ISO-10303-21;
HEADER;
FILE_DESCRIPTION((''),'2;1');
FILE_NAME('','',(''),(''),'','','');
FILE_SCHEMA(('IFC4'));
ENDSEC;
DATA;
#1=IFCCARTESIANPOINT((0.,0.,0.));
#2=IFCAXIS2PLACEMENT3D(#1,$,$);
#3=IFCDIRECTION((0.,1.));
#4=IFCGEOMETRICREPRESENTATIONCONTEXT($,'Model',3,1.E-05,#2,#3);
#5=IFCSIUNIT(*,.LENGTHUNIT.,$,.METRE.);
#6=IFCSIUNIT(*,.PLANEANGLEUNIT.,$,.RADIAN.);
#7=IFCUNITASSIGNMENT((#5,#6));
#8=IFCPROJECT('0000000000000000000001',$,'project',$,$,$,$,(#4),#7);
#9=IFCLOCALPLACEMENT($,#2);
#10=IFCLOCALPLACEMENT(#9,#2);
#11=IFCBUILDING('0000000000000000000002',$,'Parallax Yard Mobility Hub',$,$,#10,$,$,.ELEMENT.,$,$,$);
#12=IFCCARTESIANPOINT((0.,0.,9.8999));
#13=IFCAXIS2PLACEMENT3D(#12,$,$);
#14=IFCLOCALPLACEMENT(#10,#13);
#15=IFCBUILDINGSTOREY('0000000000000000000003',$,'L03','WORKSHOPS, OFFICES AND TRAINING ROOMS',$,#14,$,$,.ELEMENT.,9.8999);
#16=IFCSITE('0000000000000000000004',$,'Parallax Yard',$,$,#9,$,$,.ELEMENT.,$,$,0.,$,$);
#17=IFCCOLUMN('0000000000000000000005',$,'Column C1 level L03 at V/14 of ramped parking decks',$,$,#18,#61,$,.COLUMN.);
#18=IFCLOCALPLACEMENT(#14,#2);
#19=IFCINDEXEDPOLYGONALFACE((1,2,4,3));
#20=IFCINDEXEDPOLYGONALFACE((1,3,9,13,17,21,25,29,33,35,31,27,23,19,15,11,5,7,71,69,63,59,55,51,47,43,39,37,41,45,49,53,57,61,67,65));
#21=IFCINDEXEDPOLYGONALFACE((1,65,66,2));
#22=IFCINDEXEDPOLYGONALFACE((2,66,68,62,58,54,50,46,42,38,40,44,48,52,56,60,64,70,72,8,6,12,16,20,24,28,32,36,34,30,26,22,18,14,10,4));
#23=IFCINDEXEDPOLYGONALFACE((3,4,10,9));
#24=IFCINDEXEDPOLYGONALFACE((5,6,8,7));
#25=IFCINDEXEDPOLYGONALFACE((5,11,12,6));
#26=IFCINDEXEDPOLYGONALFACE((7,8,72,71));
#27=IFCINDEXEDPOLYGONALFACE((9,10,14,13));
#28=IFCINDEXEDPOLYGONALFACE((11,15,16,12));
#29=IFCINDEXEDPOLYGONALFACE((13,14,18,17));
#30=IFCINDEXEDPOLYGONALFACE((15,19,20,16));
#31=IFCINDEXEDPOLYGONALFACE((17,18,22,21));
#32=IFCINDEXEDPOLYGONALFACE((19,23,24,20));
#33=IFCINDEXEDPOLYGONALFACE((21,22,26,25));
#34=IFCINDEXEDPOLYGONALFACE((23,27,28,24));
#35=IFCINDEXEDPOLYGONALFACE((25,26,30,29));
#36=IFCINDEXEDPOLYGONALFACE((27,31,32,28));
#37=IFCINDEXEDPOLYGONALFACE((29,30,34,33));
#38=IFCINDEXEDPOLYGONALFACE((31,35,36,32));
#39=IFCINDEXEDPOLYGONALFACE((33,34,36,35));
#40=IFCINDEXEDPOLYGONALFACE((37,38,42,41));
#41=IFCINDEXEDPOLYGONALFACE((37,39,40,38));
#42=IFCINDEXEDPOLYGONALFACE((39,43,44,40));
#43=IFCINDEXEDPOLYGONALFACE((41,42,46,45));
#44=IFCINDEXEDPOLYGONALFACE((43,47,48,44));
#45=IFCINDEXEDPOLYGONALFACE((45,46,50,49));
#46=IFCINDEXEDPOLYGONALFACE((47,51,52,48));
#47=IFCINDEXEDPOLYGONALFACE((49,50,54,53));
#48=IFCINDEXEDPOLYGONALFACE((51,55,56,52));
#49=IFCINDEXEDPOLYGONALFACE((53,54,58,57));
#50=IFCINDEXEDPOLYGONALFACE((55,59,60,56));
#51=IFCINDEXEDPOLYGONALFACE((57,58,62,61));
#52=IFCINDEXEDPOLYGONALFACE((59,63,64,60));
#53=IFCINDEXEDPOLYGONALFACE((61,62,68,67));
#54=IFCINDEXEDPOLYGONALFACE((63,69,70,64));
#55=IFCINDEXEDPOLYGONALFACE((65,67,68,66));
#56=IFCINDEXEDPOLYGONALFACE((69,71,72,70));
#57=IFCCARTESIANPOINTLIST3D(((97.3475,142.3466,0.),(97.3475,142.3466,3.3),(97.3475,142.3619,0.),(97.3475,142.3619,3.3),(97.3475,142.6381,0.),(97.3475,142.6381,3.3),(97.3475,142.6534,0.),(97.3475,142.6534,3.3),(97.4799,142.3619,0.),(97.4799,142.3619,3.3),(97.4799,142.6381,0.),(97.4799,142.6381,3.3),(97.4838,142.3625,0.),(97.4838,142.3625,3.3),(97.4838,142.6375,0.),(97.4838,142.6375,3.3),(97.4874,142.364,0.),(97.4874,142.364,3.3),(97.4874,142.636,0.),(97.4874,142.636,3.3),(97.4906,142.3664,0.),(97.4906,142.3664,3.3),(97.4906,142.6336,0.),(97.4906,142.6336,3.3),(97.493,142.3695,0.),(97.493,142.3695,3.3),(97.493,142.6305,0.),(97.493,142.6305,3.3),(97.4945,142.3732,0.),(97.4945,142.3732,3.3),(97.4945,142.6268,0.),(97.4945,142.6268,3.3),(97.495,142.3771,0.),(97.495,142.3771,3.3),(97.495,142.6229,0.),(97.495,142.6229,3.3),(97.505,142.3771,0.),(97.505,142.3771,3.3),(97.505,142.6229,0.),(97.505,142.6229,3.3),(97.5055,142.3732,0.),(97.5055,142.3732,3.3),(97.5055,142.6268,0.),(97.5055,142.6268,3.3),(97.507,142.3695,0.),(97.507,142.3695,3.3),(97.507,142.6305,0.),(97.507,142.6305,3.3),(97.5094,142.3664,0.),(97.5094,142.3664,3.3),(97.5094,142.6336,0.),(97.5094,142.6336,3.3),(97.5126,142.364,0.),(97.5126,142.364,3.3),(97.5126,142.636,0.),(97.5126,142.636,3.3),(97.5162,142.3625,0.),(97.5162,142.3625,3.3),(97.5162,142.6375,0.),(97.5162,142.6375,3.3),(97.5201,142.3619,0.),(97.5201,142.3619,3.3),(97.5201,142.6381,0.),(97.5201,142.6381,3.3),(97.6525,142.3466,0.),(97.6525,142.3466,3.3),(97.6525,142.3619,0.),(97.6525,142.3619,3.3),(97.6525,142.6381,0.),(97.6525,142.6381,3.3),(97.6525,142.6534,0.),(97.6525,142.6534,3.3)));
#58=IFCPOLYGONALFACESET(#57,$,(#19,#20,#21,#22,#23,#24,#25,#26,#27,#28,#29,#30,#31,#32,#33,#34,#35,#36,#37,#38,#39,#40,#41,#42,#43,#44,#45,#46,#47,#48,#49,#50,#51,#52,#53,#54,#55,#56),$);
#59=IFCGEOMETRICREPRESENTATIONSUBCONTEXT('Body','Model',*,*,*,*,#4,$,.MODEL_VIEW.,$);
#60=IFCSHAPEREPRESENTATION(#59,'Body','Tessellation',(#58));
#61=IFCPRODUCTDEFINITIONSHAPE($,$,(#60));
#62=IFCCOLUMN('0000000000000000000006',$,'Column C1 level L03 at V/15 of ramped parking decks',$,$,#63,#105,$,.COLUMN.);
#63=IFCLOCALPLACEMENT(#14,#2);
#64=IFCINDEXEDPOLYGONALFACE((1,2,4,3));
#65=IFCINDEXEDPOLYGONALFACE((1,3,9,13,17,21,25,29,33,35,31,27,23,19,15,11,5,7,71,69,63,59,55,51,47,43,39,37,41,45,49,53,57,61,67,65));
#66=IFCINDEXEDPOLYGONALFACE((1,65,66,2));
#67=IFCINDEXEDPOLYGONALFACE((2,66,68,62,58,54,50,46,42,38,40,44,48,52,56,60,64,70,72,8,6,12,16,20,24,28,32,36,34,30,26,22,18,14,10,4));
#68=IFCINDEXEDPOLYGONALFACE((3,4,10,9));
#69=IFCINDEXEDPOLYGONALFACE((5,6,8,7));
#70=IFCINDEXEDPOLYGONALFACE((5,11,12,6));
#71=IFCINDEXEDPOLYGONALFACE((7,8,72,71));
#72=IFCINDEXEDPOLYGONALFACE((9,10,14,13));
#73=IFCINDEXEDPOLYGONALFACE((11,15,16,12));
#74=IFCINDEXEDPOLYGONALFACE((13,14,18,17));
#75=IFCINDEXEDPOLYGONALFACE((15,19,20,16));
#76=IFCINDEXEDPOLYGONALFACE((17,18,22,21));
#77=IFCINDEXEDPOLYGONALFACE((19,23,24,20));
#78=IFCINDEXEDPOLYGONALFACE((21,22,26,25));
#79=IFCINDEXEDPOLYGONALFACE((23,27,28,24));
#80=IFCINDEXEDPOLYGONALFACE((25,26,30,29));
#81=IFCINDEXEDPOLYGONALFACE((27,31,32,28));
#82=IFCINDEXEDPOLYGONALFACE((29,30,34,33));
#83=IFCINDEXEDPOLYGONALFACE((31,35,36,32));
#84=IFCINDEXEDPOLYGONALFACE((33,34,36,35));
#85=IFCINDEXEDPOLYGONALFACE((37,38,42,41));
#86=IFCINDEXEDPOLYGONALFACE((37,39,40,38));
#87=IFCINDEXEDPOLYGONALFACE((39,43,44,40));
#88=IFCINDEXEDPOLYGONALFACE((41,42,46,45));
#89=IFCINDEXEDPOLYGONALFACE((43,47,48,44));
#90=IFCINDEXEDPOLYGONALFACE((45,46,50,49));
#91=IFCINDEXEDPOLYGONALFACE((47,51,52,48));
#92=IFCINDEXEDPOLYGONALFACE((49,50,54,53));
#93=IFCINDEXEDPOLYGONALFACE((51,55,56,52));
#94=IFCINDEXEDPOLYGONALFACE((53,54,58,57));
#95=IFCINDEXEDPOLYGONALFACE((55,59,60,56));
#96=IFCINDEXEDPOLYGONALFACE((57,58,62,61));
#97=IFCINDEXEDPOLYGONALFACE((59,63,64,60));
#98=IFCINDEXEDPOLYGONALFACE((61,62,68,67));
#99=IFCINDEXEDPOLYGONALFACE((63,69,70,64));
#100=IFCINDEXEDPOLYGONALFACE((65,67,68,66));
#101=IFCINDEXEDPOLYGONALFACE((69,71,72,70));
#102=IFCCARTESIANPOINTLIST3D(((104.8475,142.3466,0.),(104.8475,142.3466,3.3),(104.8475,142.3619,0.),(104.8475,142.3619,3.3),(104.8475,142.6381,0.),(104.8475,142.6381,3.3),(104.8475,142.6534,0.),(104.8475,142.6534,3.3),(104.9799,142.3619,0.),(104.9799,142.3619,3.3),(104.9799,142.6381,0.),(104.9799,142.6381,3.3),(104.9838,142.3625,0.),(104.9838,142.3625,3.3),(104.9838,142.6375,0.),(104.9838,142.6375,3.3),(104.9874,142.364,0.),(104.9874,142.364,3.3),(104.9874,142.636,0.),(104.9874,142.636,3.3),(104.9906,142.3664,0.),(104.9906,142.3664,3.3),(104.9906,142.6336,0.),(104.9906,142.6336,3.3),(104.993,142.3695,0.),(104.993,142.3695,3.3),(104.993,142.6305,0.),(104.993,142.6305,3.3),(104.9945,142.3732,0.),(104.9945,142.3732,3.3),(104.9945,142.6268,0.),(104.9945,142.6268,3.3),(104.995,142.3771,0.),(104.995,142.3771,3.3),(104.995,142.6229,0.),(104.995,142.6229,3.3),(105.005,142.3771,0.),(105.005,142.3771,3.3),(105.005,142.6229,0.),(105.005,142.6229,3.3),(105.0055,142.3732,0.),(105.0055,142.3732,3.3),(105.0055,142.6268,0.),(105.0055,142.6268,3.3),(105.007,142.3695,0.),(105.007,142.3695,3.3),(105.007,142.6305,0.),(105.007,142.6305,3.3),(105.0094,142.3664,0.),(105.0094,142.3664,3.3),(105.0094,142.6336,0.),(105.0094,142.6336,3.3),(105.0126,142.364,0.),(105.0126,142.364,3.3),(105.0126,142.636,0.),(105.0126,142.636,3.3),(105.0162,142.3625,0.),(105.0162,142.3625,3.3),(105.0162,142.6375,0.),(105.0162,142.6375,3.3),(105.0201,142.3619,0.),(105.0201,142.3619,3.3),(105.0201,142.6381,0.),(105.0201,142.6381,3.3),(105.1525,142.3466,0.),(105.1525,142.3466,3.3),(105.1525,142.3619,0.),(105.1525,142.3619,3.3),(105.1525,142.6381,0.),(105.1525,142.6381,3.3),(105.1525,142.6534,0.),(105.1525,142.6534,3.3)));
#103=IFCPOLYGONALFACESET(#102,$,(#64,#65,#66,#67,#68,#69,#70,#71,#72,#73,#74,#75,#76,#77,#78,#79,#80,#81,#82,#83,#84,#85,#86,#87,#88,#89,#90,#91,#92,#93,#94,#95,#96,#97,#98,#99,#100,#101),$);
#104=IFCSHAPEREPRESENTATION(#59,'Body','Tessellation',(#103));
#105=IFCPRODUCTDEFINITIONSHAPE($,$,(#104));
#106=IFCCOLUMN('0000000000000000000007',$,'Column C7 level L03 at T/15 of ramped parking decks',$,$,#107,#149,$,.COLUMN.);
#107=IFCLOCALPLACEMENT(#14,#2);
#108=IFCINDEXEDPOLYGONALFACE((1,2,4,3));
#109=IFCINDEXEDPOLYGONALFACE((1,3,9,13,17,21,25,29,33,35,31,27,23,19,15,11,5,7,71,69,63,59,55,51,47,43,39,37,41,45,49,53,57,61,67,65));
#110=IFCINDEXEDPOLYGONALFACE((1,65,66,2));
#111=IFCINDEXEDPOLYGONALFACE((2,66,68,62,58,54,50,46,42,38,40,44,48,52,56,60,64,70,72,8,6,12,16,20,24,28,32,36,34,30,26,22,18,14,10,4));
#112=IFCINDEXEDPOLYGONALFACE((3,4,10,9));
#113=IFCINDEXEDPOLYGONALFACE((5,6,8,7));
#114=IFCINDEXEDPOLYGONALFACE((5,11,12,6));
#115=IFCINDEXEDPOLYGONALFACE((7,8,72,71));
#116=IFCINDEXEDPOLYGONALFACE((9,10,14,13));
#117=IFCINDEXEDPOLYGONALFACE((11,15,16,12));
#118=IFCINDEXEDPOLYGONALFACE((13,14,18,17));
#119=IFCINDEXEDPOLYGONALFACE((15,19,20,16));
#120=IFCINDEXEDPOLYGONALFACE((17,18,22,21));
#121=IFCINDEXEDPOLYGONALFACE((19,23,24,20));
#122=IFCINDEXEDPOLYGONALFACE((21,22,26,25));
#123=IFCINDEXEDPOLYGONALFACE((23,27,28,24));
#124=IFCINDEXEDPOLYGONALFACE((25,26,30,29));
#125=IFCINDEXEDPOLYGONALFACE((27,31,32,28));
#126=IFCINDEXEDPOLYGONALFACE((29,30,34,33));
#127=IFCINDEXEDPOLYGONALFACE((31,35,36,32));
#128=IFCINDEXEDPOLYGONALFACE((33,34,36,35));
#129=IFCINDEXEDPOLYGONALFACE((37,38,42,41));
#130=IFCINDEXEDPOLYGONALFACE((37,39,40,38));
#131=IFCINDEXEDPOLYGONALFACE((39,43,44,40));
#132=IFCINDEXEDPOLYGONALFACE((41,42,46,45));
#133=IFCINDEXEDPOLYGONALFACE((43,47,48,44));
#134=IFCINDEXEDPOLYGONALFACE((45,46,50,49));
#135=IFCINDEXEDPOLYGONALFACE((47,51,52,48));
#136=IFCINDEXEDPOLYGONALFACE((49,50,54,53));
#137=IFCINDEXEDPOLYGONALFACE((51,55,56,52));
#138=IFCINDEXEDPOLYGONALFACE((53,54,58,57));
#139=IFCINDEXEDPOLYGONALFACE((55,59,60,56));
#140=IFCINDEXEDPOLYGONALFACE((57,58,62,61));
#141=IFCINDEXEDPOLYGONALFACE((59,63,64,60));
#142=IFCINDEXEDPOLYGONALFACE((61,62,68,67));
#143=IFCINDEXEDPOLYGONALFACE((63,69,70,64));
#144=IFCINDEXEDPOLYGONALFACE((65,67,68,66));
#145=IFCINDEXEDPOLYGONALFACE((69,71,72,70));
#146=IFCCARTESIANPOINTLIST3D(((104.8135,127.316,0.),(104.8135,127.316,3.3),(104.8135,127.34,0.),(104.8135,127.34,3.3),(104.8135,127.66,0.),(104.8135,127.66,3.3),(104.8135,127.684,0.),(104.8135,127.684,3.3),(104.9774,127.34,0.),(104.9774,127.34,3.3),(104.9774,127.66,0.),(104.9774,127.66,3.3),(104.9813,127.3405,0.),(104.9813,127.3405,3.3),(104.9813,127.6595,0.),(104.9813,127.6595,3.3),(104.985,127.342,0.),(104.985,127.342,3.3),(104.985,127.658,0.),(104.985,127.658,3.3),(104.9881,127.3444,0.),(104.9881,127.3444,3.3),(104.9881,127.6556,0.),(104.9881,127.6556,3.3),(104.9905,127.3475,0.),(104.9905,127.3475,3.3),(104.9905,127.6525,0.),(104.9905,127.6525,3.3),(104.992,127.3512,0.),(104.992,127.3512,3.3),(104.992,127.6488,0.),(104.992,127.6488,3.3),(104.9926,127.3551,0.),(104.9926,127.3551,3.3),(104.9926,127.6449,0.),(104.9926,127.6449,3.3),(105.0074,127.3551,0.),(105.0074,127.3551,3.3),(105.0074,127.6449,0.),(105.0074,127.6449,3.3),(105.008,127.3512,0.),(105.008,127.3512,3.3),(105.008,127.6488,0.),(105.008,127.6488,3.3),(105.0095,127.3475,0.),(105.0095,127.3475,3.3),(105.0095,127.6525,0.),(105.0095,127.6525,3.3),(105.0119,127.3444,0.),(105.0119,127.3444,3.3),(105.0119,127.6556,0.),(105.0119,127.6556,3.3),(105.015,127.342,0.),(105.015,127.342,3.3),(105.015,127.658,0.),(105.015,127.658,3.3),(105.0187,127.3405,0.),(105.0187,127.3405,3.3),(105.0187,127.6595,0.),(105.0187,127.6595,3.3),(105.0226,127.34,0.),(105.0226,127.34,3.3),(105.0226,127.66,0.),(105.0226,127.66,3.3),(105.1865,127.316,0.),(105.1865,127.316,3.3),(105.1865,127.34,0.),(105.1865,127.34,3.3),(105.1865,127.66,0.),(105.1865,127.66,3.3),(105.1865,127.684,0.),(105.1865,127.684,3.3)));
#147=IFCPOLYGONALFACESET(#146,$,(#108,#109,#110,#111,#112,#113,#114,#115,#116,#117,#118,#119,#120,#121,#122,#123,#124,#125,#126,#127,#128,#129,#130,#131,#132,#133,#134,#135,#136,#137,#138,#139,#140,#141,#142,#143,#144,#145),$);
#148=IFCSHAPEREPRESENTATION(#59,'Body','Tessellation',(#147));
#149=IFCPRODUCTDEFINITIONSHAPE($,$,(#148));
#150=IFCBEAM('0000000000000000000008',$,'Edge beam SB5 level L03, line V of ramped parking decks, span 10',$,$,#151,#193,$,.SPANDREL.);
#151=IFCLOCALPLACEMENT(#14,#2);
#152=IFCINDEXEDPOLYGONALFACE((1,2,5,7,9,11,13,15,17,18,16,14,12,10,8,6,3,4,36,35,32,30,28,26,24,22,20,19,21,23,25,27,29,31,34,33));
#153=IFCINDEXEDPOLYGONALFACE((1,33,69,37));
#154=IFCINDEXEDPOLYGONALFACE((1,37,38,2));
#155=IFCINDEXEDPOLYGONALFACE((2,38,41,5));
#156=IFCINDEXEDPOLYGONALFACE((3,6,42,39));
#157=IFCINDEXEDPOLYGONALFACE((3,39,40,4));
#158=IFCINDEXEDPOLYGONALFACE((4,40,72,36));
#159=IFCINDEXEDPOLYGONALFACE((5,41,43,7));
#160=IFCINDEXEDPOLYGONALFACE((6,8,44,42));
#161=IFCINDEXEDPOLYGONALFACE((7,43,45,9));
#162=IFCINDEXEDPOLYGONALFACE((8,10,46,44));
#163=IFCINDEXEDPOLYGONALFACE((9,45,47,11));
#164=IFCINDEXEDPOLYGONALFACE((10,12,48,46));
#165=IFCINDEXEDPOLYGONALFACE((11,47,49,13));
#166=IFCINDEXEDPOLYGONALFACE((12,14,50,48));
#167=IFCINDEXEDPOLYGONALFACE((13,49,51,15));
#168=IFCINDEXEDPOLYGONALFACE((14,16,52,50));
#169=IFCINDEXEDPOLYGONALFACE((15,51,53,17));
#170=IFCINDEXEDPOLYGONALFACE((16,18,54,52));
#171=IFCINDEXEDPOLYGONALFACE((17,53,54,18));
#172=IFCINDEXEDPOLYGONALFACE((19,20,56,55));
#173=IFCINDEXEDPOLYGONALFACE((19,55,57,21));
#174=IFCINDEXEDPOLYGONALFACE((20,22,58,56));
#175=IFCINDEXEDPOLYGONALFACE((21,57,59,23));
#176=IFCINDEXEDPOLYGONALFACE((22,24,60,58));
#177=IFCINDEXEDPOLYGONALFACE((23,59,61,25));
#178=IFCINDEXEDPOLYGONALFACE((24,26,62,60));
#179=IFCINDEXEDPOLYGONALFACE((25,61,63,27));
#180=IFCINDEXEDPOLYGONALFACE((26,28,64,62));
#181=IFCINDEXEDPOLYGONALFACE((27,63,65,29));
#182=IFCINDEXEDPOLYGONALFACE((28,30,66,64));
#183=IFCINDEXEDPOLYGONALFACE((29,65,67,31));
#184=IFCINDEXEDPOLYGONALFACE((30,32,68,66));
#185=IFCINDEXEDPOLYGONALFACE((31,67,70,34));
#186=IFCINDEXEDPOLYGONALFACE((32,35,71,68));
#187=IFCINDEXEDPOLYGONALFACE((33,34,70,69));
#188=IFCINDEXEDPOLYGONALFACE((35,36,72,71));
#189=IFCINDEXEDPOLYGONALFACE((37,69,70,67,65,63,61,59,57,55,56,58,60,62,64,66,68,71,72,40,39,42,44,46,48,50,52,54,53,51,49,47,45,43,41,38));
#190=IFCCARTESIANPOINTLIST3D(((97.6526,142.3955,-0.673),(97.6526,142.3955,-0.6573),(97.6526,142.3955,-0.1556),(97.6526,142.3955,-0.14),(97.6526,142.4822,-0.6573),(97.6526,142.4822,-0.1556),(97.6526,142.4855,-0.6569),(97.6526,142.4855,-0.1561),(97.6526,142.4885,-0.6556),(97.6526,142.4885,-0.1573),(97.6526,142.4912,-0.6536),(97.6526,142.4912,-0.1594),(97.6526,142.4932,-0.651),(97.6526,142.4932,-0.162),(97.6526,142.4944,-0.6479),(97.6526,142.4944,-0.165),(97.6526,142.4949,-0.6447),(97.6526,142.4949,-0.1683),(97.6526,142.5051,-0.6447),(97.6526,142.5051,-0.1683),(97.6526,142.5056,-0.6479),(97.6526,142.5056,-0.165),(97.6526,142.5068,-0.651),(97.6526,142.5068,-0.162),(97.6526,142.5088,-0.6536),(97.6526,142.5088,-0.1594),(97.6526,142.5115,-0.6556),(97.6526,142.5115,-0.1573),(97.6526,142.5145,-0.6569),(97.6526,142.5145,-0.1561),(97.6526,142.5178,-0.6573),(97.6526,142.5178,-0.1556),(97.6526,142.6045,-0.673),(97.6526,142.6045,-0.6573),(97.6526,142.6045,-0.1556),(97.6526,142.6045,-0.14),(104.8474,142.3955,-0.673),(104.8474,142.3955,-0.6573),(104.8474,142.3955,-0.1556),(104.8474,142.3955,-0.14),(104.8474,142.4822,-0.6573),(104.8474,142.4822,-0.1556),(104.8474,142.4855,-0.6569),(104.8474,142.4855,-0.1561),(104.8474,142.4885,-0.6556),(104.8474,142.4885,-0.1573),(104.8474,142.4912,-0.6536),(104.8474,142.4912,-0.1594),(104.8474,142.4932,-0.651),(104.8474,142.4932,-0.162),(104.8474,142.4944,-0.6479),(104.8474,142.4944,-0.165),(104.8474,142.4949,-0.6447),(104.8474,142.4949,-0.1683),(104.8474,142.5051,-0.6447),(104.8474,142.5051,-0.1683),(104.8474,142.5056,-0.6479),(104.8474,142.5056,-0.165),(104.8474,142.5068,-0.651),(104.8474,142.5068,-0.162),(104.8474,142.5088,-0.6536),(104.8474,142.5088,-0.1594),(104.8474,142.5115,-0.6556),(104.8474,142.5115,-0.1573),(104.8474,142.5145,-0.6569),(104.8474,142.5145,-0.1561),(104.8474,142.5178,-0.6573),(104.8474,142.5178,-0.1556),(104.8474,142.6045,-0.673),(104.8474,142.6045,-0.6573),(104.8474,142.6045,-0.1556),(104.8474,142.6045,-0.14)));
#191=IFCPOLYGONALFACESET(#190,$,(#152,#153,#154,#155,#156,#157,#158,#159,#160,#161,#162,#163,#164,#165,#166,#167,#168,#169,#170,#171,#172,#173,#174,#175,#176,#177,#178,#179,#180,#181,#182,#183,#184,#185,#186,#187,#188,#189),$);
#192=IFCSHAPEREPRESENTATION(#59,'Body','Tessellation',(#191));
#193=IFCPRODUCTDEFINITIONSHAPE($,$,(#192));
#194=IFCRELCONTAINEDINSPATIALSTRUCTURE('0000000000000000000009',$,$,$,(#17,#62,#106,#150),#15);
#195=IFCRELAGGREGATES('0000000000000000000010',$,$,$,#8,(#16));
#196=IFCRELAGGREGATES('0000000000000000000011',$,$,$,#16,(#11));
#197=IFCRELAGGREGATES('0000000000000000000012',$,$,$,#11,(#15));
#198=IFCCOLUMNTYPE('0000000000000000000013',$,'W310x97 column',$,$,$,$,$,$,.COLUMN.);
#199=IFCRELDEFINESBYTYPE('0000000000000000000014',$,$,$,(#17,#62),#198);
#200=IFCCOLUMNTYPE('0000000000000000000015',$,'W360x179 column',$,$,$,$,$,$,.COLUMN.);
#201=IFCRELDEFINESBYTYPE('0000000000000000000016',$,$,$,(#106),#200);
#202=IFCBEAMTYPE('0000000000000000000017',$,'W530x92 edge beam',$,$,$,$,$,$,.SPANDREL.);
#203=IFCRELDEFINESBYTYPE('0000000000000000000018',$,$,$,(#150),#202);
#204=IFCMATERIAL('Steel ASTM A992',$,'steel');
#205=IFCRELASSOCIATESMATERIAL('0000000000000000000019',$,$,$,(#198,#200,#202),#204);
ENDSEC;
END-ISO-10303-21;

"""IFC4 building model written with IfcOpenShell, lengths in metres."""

from ifc_helpers import new_model, si_unit, direction, frame, origin, origin_2d, place, context, subcontext, project, spatial, i_section, extrude, material, material_profile, profile_set, type_object, element, save


model = new_model("IFC4")

# Units and contexts
model_context = context("Model", 3, precision=1e-05, world=origin(), true_north=direction((0.0, 1.0)))
body_context = subcontext(model_context, "Body", "Model", "MODEL_VIEW")
ifc_project = project(units=[si_unit("LENGTHUNIT", "METRE"), si_unit("PLANEANGLEUNIT", "RADIAN")], contexts=[model_context])

# Site, building, storey
site_placement = place(None, origin())
site = spatial("IfcSite", under=ifc_project, at=site_placement, Name="Parallax Yard", CompositionType="ELEMENT", RefElevation=0.0)
building_placement = place(site_placement, origin())
building = spatial("IfcBuilding", under=site, at=building_placement, Name="Parallax Yard Mobility Hub", CompositionType="ELEMENT")
storey_placement = place(building_placement, frame((0.0, 0.0, 9.8999)))
storey = spatial("IfcBuildingStorey", under=building, at=storey_placement, Name="L03", Description="WORKSHOPS, OFFICES AND TRAINING ROOMS", CompositionType="ELEMENT", Elevation=9.8999)

# Columns
ifc_material_1 = material(Name="Steel ASTM A992", Category="steel")
ifc_material_profile_1 = material_profile(ifc_material_1, i_section(OverallWidth=0.3049, OverallDepth=0.3069, WebThickness=0.01, FlangeThickness=0.0154, FilletRadius=0.0151, at=origin_2d()), Name="W310x97")
ifc_profile_set_1 = profile_set([ifc_material_profile_1], Name="Steel ASTM A992")
column_type_1 = type_object("IfcColumnType", Name="W310x97 column", PredefinedType="COLUMN", material=ifc_profile_set_1)
for number, where, z_axis, x_axis, name in (
    (1, (97.5, 142.5, 0.0), (0.0, 0.0, 1.0), (1.0, 0.0, 0.0), "Column C1 level L03 at V/14 of ramped parking decks"),
    (2, (105.0, 142.5, 0.0), (0.0, 0.0, 1.0), (1.0, 0.0, 0.0), "Column C1 level L03 at V/15 of ramped parking decks"),
):
    element("IfcColumn", number, at=place(storey_placement, frame(where, z_axis=z_axis, x_axis=x_axis)), inside=storey, type_object=column_type_1, Name=name, PredefinedType="COLUMN", context=body_context, shape_type="SweptSolid", body=[
        extrude(i_section(OverallWidth=0.3049, OverallDepth=0.3069, WebThickness=0.01, FlangeThickness=0.0154, FilletRadius=0.0151, at=origin_2d()), origin(), (0.0, 0.0, 1.0), 3.3),
    ])
ifc_material_profile_2 = material_profile(ifc_material_1, i_section(OverallWidth=0.373, OverallDepth=0.3679, WebThickness=0.0149, FlangeThickness=0.0239, FilletRadius=0.0151, at=origin_2d()), Name="W360x179")
ifc_profile_set_2 = profile_set([ifc_material_profile_2], Name="Steel ASTM A992")
column_type_2 = type_object("IfcColumnType", Name="W360x179 column", PredefinedType="COLUMN", material=ifc_profile_set_2)
column_placement = place(storey_placement, frame((105.0, 127.5, 0.0), z_axis=(0.0, 0.0, 1.0), x_axis=(1.0, 0.0, 0.0)))
element("IfcColumn", 3, at=column_placement, inside=storey, type_object=column_type_2, Name="Column C7 level L03 at T/15 of ramped parking decks", PredefinedType="COLUMN", context=body_context, shape_type="SweptSolid", body=[
    extrude(i_section(OverallWidth=0.373, OverallDepth=0.3679, WebThickness=0.0149, FlangeThickness=0.0239, FilletRadius=0.0151, at=origin_2d()), origin(), (0.0, 0.0, 1.0), 3.3),
])

# Beam
ifc_material_profile_3 = material_profile(ifc_material_1, i_section(OverallWidth=0.209, OverallDepth=0.533, WebThickness=0.0103, FlangeThickness=0.0156, FilletRadius=0.0127, at=origin_2d()), Name="W530x92")
ifc_profile_set_3 = profile_set([ifc_material_profile_3], Name="Steel ASTM A992")
beam_type_1 = type_object("IfcBeamType", Name="W530x92 edge beam", PredefinedType="SPANDREL", material=ifc_profile_set_3)
for number, where, z_axis, x_axis, name in (
    (4, (97.6526, 142.5, -0.4065), (1.0, 0.0, 0.0), (0.0, 1.0, 0.0), "Edge beam SB5 level L03, line V of ramped parking decks, span 10"),
):
    element("IfcBeam", number, at=place(storey_placement, frame(where, z_axis=z_axis, x_axis=x_axis)), inside=storey, type_object=beam_type_1, Name=name, PredefinedType="SPANDREL", context=body_context, shape_type="SweptSolid", body=[
        extrude(i_section(OverallWidth=0.209, OverallDepth=0.533, WebThickness=0.0103, FlangeThickness=0.0156, FilletRadius=0.0127, at=origin_2d()), origin(), (0.0, 0.0, 1.0), 7.1948),
    ])

save(model, "model.ifc")
